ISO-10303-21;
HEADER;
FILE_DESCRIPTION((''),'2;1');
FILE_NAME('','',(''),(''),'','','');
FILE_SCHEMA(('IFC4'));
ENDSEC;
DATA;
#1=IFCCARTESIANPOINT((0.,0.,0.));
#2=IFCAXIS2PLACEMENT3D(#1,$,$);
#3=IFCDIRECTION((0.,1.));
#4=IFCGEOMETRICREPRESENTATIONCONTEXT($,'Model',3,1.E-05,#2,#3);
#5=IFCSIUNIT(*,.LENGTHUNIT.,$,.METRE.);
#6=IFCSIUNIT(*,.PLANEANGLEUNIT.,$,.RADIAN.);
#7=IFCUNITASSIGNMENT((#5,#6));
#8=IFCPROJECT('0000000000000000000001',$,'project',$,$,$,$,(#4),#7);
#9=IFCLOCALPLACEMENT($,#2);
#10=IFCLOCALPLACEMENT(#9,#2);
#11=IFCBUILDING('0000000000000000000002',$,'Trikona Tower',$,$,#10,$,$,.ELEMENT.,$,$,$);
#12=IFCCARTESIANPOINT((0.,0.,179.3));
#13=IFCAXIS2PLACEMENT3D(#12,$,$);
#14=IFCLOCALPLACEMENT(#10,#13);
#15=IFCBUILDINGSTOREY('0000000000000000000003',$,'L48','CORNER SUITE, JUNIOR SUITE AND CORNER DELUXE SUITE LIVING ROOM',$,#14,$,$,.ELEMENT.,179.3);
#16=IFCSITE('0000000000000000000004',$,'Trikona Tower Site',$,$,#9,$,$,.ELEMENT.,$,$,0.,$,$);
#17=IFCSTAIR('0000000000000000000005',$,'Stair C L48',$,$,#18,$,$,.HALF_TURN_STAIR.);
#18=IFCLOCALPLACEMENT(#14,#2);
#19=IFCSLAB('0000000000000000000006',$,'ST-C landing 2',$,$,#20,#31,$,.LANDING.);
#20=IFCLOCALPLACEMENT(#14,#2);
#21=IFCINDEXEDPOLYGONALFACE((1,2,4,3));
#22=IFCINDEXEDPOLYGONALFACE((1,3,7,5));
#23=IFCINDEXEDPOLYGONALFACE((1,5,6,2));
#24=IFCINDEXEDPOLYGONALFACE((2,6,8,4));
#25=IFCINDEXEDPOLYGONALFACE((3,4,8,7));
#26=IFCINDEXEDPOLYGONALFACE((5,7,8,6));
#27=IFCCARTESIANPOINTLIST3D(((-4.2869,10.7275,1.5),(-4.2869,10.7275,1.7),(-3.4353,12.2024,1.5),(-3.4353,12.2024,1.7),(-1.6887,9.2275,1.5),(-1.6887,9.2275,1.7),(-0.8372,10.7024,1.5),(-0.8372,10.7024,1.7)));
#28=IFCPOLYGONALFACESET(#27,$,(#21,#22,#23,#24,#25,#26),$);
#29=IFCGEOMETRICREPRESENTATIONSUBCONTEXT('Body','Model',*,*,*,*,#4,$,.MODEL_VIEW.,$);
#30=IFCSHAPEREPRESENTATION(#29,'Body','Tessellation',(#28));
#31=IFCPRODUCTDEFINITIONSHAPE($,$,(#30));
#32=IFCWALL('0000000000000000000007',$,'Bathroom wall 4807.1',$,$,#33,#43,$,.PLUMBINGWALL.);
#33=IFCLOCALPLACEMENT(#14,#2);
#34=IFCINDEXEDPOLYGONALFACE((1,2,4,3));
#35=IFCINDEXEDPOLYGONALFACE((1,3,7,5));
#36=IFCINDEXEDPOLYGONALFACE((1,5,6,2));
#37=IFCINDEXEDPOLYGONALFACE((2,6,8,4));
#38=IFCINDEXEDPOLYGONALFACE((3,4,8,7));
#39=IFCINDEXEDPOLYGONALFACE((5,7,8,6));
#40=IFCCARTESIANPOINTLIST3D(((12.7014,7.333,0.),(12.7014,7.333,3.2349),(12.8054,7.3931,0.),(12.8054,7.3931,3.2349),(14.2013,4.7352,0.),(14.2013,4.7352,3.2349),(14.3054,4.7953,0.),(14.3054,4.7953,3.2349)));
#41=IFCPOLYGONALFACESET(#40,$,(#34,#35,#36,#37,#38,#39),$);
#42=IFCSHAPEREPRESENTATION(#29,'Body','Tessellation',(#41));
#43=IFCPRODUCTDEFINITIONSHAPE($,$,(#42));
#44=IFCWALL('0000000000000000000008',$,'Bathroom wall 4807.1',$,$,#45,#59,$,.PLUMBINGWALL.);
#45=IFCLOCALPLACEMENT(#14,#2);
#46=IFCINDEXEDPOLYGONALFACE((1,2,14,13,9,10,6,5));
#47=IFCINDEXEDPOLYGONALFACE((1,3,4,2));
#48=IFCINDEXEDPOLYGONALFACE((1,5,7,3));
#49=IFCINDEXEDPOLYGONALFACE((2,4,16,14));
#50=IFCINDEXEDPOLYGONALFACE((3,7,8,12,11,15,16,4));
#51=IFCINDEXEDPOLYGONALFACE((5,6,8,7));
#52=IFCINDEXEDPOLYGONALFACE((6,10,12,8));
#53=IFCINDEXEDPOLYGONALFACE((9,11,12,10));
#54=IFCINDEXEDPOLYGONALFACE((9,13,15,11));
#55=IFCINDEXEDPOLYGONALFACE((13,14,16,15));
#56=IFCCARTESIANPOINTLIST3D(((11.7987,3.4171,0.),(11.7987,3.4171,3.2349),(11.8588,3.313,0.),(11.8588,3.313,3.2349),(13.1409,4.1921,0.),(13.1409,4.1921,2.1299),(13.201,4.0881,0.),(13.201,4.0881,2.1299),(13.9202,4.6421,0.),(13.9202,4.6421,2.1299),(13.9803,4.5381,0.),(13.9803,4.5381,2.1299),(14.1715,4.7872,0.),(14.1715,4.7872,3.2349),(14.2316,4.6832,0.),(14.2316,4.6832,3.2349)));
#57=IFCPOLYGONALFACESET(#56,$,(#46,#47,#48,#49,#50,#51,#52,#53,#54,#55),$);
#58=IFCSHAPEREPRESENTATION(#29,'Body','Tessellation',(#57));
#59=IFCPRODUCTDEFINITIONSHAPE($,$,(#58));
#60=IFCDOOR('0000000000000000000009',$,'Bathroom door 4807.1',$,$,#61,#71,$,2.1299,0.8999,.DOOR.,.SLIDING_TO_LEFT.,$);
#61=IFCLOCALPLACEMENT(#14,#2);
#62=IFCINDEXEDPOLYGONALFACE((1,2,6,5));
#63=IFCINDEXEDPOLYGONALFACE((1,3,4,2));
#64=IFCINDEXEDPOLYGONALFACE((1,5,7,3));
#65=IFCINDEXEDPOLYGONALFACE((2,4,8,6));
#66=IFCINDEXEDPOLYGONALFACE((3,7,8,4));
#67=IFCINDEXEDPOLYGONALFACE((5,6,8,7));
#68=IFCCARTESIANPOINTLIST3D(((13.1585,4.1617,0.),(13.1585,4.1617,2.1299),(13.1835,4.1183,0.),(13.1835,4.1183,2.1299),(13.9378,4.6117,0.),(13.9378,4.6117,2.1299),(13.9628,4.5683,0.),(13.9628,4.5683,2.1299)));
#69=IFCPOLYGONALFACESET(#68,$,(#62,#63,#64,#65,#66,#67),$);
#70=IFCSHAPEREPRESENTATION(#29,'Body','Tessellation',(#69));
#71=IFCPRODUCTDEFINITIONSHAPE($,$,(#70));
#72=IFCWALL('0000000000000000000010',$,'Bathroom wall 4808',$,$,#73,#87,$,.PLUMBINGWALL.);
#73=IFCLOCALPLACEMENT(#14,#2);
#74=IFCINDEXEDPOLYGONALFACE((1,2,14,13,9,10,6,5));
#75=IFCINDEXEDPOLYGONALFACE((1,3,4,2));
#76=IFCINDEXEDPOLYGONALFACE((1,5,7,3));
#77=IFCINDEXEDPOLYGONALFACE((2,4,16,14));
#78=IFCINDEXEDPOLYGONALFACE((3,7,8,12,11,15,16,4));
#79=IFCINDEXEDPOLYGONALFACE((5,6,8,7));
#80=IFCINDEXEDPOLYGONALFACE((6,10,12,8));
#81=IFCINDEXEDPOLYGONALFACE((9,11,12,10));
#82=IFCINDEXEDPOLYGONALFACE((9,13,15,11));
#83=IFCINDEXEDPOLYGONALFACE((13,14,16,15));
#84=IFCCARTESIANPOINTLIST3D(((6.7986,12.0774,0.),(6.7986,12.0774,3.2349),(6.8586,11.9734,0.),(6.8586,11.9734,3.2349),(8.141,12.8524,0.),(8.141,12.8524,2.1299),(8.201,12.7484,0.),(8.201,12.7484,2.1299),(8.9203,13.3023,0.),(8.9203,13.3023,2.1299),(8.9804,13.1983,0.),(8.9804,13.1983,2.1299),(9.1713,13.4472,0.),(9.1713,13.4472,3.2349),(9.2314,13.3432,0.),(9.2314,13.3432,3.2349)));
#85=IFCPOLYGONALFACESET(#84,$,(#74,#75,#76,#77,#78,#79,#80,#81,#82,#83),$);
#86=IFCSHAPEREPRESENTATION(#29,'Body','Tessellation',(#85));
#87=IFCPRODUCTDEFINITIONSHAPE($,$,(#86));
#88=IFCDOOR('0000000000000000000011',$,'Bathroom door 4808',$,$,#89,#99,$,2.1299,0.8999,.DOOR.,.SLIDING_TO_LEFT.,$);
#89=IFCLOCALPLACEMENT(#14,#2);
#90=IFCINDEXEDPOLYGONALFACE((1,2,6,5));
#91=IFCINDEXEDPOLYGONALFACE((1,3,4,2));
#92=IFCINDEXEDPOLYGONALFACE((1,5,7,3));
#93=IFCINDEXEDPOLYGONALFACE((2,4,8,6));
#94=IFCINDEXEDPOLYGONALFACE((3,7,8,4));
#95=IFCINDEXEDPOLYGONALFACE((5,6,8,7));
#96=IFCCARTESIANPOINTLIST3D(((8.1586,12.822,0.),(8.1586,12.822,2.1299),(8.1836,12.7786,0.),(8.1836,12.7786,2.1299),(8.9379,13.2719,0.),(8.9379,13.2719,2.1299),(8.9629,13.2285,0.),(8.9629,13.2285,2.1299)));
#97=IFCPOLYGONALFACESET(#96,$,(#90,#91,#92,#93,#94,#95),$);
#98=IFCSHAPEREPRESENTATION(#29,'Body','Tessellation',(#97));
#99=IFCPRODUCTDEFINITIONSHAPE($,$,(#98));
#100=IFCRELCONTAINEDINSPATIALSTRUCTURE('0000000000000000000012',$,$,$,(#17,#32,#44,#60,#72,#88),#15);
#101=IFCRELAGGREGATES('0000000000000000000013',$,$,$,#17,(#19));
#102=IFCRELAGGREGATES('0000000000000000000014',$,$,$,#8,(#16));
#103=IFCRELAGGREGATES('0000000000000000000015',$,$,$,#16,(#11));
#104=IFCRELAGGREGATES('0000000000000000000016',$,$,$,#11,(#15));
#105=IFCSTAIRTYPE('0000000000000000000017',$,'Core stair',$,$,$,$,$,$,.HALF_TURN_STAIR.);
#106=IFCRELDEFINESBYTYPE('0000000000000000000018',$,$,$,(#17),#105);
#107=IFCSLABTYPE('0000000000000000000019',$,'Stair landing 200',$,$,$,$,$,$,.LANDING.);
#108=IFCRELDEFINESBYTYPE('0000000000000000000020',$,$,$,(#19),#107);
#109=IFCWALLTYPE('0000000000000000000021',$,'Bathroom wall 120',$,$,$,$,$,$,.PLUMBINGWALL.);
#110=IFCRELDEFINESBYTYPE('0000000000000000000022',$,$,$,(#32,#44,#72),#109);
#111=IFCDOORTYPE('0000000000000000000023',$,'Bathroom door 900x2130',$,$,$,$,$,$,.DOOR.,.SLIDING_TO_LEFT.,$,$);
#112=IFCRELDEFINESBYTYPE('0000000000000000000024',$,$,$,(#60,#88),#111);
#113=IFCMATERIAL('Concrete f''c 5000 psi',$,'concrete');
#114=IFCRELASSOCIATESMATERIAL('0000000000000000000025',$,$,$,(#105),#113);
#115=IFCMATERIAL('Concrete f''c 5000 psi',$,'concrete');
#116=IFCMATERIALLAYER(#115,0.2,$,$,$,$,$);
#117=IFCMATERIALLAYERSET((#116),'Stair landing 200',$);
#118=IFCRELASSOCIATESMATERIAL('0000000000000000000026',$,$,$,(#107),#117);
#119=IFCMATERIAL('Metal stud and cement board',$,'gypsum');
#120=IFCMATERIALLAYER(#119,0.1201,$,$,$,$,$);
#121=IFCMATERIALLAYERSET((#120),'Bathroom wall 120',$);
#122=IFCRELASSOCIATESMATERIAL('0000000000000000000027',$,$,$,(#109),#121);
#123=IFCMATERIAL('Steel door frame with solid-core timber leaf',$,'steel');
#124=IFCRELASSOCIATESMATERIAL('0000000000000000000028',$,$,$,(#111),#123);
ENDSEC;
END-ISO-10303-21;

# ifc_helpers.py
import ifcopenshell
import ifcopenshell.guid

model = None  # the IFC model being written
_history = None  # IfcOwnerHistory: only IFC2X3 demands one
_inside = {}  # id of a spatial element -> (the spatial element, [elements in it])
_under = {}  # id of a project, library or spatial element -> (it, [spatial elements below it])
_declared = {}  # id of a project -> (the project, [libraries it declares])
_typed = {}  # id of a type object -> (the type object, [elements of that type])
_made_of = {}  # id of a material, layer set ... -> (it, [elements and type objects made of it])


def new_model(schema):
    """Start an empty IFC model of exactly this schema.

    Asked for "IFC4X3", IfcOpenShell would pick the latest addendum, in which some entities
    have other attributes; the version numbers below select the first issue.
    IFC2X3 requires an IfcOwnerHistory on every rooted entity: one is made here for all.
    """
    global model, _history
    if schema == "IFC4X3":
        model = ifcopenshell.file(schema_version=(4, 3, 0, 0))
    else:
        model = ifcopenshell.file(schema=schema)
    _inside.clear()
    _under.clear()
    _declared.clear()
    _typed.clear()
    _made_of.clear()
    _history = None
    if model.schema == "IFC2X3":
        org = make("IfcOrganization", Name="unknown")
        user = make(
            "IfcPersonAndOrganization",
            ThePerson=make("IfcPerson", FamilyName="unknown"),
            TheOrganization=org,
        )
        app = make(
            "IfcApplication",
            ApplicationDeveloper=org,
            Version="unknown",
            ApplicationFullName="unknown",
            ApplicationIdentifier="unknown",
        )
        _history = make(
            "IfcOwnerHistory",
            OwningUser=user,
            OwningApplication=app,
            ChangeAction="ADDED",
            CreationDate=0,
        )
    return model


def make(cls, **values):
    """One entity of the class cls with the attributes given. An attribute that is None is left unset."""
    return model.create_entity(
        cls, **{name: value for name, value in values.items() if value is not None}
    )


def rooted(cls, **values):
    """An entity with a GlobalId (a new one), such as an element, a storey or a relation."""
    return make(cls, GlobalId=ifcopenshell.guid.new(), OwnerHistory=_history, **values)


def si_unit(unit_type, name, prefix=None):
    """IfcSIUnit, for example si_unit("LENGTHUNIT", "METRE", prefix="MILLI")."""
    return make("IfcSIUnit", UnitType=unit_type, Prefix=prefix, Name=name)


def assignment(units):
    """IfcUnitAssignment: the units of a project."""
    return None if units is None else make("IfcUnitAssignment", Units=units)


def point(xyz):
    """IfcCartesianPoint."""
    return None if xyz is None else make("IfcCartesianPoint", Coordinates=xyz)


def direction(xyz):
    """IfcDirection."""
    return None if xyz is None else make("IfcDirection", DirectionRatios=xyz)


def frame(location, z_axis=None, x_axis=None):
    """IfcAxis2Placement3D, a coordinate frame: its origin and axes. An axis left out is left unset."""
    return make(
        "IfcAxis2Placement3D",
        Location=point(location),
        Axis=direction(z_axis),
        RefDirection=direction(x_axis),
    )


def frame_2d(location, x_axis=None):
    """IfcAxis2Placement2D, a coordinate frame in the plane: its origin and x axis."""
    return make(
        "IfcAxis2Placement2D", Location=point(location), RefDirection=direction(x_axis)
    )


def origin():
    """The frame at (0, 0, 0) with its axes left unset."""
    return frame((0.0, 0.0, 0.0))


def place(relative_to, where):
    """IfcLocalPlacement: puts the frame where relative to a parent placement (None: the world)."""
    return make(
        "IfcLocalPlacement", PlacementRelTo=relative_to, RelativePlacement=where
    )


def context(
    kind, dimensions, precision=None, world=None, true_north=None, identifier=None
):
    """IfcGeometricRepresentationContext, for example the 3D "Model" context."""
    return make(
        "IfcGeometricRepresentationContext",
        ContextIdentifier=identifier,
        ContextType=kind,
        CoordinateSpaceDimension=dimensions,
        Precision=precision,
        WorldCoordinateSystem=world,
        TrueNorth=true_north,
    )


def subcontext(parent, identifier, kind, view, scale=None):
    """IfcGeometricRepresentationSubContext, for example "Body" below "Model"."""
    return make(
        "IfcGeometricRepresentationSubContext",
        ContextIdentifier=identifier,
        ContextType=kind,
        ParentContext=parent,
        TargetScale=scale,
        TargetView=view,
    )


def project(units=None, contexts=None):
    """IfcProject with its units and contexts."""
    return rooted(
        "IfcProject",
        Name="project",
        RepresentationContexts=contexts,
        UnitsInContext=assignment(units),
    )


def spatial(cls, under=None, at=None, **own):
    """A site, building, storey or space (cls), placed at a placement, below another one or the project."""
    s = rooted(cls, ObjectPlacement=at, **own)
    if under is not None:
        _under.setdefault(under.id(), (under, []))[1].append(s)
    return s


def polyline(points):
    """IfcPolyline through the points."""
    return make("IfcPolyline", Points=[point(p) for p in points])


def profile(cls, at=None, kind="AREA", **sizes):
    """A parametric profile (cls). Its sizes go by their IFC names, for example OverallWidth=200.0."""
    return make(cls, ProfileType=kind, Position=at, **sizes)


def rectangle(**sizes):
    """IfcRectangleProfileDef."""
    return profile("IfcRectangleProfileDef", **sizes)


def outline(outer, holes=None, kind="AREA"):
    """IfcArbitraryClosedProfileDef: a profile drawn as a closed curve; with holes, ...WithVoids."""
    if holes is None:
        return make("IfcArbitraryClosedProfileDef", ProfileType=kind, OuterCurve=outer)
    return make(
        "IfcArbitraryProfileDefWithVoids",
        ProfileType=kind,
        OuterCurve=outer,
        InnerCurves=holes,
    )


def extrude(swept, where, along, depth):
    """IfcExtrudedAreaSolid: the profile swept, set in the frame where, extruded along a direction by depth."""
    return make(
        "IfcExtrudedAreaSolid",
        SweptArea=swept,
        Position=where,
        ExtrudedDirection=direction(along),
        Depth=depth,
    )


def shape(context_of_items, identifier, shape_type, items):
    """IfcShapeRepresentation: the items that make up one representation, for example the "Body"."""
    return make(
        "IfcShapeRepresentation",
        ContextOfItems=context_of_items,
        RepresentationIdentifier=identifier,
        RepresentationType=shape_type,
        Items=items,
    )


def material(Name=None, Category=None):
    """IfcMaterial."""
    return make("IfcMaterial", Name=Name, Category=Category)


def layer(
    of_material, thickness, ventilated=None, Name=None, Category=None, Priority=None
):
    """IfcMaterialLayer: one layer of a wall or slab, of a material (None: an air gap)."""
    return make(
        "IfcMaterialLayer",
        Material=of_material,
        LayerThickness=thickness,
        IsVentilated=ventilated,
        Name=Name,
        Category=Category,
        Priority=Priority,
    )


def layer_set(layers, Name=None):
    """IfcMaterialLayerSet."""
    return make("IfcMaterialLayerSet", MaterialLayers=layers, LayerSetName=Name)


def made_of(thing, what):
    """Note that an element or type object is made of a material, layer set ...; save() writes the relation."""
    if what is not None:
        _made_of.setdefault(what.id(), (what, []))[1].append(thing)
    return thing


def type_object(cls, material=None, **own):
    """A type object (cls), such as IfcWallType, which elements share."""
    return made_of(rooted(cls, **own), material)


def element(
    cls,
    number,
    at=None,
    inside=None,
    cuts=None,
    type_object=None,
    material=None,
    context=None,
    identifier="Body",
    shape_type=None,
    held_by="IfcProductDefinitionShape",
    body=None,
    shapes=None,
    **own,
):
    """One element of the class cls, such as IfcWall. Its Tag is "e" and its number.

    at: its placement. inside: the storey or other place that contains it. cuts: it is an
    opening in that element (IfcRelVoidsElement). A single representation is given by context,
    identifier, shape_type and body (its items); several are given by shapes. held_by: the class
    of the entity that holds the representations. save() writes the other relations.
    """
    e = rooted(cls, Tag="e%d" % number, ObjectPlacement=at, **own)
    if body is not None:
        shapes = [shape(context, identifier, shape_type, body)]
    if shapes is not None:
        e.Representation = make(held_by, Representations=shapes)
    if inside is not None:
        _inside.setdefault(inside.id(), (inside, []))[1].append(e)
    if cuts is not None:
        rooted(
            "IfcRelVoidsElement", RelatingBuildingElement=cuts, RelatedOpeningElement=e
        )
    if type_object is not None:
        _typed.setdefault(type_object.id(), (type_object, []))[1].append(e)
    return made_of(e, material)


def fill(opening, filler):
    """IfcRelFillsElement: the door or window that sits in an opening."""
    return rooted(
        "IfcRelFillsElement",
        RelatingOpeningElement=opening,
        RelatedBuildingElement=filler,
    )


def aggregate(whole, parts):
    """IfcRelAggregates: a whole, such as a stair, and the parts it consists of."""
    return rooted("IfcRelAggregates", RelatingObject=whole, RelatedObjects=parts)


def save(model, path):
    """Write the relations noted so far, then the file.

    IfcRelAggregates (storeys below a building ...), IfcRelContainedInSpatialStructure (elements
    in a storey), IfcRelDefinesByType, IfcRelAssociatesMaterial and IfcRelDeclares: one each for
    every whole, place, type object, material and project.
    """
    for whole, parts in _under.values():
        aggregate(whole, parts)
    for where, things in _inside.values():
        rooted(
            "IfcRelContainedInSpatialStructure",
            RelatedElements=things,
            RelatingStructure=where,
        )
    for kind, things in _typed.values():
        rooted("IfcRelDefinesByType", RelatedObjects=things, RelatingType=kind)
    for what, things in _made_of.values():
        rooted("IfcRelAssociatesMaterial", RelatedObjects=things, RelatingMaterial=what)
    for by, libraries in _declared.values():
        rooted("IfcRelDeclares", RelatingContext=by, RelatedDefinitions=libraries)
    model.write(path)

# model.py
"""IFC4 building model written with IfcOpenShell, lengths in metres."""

from ifc_helpers import new_model, si_unit, direction, frame, frame_2d, origin, place, context, subcontext, project, spatial, polyline, rectangle, outline, extrude, material, layer, layer_set, type_object, element, fill, aggregate, save


model = new_model("IFC4")

# Units and contexts
model_context = context("Model", 3, precision=1e-05, world=origin(), true_north=direction((0.0, 1.0)))
body_context = subcontext(model_context, "Body", "Model", "MODEL_VIEW")
ifc_project = project(units=[si_unit("LENGTHUNIT", "METRE"), si_unit("PLANEANGLEUNIT", "RADIAN")], contexts=[model_context])

# Site, building, storey
site_placement = place(None, origin())
site = spatial("IfcSite", under=ifc_project, at=site_placement, Name="Trikona Tower Site", CompositionType="ELEMENT", RefElevation=0.0)
building_placement = place(site_placement, origin())
building = spatial("IfcBuilding", under=site, at=building_placement, Name="Trikona Tower", CompositionType="ELEMENT")
storey_placement = place(building_placement, frame((0.0, 0.0, 179.3)))
storey = spatial("IfcBuildingStorey", under=building, at=storey_placement, Name="L48", Description="CORNER SUITE, JUNIOR SUITE AND CORNER DELUXE SUITE LIVING ROOM", CompositionType="ELEMENT", Elevation=179.3)

# Stair, slab
ifc_material_1 = material(Name="Concrete f'c 5000 psi", Category="concrete")
stair_type = type_object("IfcStairType", Name="Core stair", PredefinedType="HALF_TURN_STAIR", material=ifc_material_1)
ifc_material_2 = material(Name="Concrete f'c 5000 psi", Category="concrete")
ifc_layer_1 = layer(ifc_material_2, 0.2)
ifc_layer_set_1 = layer_set([ifc_layer_1], Name="Stair landing 200")
slab_type_1 = type_object("IfcSlabType", Name="Stair landing 200", PredefinedType="LANDING", material=ifc_layer_set_1)
stair_1_placement = place(storey_placement, origin())
stair_1 = element("IfcStair", 1, at=stair_1_placement, inside=storey, type_object=stair_type, Name="Stair C L48", PredefinedType="HALF_TURN_STAIR")
slab_1_placement = place(storey_placement, frame((0.0, 0.0, 1.5)))
slab_1 = element("IfcSlab", 2, at=slab_1_placement, type_object=slab_type_1, Name="ST-C landing 2", PredefinedType="LANDING", context=body_context, shape_type="SweptSolid", body=[
    extrude(outline(polyline([(-0.8372, 10.7024), (-1.6887, 9.2275), (-4.2869, 10.7275), (-3.4353, 12.2024), (-0.8372, 10.7024)])), origin(), (0.0, 0.0, 1.0), 0.2),
])
aggregate(stair_1, [slab_1])

# Wall
ifc_material_3 = material(Name="Metal stud and cement board", Category="gypsum")
ifc_layer_2 = layer(ifc_material_3, 0.1201)
ifc_layer_set_2 = layer_set([ifc_layer_2], Name="Bathroom wall 120")
wall_type_1 = type_object("IfcWallType", Name="Bathroom wall 120", PredefinedType="PLUMBINGWALL", material=ifc_layer_set_2)
wall_1_placement = place(storey_placement, frame((14.2534, 4.7651, 0.0), z_axis=(0.0, 0.0, 1.0), x_axis=(-0.500025, 0.866011, 0.0)))
element("IfcWall", 3, at=wall_1_placement, inside=storey, type_object=wall_type_1, Name="Bathroom wall 4807.1", PredefinedType="PLUMBINGWALL", context=body_context, shape_type="SweptSolid", body=[
    extrude(rectangle(XDim=2.9998, YDim=0.1201, at=frame_2d((1.5, 0.0))), origin(), (0.0, 0.0, 1.0), 3.2349),
])

# Walls, openings, doors
wall_2_placement = place(storey_placement, frame((11.8286, 3.365, 0.0), z_axis=(0.0, 0.0, 1.0), x_axis=(0.865997, 0.500049, 0.0)))
wall_2 = element("IfcWall", 4, at=wall_2_placement, inside=storey, type_object=wall_type_1, Name="Bathroom wall 4807.1", PredefinedType="PLUMBINGWALL", context=body_context, shape_type="SweptSolid", body=[
    extrude(rectangle(XDim=2.74, YDim=0.1201, at=frame_2d((1.3701, 0.0))), origin(), (0.0, 0.0, 1.0), 3.2349),
])
opening_1_placement = place(wall_2_placement, frame((1.55, 0.0, 0.0)))
opening_1 = element("IfcOpeningElement", 5, at=opening_1_placement, cuts=wall_2, PredefinedType="OPENING", context=body_context, shape_type="SweptSolid", body=[
    extrude(rectangle(XDim=0.8999, YDim=2.1299, at=frame_2d((0.45, 1.0649))), frame((0.0, 0.0701, 0.0), z_axis=(0.0, -1.0, 0.0), x_axis=(1.0, 0.0, 0.0)), (0.0, 0.0, 1.0), 0.1401),
])
ifc_material_4 = material(Name="Steel door frame with solid-core timber leaf", Category="steel")
door_type_1 = type_object("IfcDoorType", Name="Bathroom door 900x2130", OperationType="SLIDING_TO_LEFT", PredefinedType="DOOR", material=ifc_material_4)
door_1_placement = place(opening_1_placement, origin())
door_1 = element("IfcDoor", 6, at=door_1_placement, inside=storey, type_object=door_type_1, Name="Bathroom door 4807.1", OperationType="SLIDING_TO_LEFT", OverallHeight=2.1299, OverallWidth=0.8999, PredefinedType="DOOR", context=body_context, shape_type="SweptSolid", body=[
    extrude(rectangle(XDim=0.8999, YDim=2.1299, at=frame_2d((0.45, 1.0649))), frame((0.0, 0.0249, 0.0), z_axis=(0.0, -1.0, 0.0), x_axis=(1.0, 0.0, 0.0)), (0.0, 0.0, 1.0), 0.05),
])
fill(opening_1, door_1)
wall_3_placement = place(storey_placement, frame((6.8286, 12.0254, 0.0), z_axis=(0.0, 0.0, 1.0), x_axis=(0.866036, 0.499982, 0.0)))
wall_3 = element("IfcWall", 7, at=wall_3_placement, inside=storey, type_object=wall_type_1, Name="Bathroom wall 4808", PredefinedType="PLUMBINGWALL", context=body_context, shape_type="SweptSolid", body=[
    extrude(rectangle(XDim=2.7397, YDim=0.1201, at=frame_2d((1.3699, 0.0))), origin(), (0.0, 0.0, 1.0), 3.2349),
])
opening_2_placement = place(wall_3_placement, frame((1.55, 0.0, 0.0)))
opening_2 = element("IfcOpeningElement", 8, at=opening_2_placement, cuts=wall_3, PredefinedType="OPENING", context=body_context, shape_type="SweptSolid", body=[
    extrude(rectangle(XDim=0.8999, YDim=2.1299, at=frame_2d((0.45, 1.0649))), frame((0.0, 0.0701, 0.0), z_axis=(0.0, -1.0, 0.0), x_axis=(1.0, 0.0, 0.0)), (0.0, 0.0, 1.0), 0.1401),
])
door_2_placement = place(opening_2_placement, origin())
door_2 = element("IfcDoor", 9, at=door_2_placement, inside=storey, type_object=door_type_1, Name="Bathroom door 4808", OperationType="SLIDING_TO_LEFT", OverallHeight=2.1299, OverallWidth=0.8999, PredefinedType="DOOR", context=body_context, shape_type="SweptSolid", body=[
    extrude(rectangle(XDim=0.8999, YDim=2.1299, at=frame_2d((0.45, 1.0649))), frame((0.0, 0.0249, 0.0), z_axis=(0.0, -1.0, 0.0), x_axis=(1.0, 0.0, 0.0)), (0.0, 0.0, 1.0), 0.05),
])
fill(opening_2, door_2)

save(model, "model.ifc")
